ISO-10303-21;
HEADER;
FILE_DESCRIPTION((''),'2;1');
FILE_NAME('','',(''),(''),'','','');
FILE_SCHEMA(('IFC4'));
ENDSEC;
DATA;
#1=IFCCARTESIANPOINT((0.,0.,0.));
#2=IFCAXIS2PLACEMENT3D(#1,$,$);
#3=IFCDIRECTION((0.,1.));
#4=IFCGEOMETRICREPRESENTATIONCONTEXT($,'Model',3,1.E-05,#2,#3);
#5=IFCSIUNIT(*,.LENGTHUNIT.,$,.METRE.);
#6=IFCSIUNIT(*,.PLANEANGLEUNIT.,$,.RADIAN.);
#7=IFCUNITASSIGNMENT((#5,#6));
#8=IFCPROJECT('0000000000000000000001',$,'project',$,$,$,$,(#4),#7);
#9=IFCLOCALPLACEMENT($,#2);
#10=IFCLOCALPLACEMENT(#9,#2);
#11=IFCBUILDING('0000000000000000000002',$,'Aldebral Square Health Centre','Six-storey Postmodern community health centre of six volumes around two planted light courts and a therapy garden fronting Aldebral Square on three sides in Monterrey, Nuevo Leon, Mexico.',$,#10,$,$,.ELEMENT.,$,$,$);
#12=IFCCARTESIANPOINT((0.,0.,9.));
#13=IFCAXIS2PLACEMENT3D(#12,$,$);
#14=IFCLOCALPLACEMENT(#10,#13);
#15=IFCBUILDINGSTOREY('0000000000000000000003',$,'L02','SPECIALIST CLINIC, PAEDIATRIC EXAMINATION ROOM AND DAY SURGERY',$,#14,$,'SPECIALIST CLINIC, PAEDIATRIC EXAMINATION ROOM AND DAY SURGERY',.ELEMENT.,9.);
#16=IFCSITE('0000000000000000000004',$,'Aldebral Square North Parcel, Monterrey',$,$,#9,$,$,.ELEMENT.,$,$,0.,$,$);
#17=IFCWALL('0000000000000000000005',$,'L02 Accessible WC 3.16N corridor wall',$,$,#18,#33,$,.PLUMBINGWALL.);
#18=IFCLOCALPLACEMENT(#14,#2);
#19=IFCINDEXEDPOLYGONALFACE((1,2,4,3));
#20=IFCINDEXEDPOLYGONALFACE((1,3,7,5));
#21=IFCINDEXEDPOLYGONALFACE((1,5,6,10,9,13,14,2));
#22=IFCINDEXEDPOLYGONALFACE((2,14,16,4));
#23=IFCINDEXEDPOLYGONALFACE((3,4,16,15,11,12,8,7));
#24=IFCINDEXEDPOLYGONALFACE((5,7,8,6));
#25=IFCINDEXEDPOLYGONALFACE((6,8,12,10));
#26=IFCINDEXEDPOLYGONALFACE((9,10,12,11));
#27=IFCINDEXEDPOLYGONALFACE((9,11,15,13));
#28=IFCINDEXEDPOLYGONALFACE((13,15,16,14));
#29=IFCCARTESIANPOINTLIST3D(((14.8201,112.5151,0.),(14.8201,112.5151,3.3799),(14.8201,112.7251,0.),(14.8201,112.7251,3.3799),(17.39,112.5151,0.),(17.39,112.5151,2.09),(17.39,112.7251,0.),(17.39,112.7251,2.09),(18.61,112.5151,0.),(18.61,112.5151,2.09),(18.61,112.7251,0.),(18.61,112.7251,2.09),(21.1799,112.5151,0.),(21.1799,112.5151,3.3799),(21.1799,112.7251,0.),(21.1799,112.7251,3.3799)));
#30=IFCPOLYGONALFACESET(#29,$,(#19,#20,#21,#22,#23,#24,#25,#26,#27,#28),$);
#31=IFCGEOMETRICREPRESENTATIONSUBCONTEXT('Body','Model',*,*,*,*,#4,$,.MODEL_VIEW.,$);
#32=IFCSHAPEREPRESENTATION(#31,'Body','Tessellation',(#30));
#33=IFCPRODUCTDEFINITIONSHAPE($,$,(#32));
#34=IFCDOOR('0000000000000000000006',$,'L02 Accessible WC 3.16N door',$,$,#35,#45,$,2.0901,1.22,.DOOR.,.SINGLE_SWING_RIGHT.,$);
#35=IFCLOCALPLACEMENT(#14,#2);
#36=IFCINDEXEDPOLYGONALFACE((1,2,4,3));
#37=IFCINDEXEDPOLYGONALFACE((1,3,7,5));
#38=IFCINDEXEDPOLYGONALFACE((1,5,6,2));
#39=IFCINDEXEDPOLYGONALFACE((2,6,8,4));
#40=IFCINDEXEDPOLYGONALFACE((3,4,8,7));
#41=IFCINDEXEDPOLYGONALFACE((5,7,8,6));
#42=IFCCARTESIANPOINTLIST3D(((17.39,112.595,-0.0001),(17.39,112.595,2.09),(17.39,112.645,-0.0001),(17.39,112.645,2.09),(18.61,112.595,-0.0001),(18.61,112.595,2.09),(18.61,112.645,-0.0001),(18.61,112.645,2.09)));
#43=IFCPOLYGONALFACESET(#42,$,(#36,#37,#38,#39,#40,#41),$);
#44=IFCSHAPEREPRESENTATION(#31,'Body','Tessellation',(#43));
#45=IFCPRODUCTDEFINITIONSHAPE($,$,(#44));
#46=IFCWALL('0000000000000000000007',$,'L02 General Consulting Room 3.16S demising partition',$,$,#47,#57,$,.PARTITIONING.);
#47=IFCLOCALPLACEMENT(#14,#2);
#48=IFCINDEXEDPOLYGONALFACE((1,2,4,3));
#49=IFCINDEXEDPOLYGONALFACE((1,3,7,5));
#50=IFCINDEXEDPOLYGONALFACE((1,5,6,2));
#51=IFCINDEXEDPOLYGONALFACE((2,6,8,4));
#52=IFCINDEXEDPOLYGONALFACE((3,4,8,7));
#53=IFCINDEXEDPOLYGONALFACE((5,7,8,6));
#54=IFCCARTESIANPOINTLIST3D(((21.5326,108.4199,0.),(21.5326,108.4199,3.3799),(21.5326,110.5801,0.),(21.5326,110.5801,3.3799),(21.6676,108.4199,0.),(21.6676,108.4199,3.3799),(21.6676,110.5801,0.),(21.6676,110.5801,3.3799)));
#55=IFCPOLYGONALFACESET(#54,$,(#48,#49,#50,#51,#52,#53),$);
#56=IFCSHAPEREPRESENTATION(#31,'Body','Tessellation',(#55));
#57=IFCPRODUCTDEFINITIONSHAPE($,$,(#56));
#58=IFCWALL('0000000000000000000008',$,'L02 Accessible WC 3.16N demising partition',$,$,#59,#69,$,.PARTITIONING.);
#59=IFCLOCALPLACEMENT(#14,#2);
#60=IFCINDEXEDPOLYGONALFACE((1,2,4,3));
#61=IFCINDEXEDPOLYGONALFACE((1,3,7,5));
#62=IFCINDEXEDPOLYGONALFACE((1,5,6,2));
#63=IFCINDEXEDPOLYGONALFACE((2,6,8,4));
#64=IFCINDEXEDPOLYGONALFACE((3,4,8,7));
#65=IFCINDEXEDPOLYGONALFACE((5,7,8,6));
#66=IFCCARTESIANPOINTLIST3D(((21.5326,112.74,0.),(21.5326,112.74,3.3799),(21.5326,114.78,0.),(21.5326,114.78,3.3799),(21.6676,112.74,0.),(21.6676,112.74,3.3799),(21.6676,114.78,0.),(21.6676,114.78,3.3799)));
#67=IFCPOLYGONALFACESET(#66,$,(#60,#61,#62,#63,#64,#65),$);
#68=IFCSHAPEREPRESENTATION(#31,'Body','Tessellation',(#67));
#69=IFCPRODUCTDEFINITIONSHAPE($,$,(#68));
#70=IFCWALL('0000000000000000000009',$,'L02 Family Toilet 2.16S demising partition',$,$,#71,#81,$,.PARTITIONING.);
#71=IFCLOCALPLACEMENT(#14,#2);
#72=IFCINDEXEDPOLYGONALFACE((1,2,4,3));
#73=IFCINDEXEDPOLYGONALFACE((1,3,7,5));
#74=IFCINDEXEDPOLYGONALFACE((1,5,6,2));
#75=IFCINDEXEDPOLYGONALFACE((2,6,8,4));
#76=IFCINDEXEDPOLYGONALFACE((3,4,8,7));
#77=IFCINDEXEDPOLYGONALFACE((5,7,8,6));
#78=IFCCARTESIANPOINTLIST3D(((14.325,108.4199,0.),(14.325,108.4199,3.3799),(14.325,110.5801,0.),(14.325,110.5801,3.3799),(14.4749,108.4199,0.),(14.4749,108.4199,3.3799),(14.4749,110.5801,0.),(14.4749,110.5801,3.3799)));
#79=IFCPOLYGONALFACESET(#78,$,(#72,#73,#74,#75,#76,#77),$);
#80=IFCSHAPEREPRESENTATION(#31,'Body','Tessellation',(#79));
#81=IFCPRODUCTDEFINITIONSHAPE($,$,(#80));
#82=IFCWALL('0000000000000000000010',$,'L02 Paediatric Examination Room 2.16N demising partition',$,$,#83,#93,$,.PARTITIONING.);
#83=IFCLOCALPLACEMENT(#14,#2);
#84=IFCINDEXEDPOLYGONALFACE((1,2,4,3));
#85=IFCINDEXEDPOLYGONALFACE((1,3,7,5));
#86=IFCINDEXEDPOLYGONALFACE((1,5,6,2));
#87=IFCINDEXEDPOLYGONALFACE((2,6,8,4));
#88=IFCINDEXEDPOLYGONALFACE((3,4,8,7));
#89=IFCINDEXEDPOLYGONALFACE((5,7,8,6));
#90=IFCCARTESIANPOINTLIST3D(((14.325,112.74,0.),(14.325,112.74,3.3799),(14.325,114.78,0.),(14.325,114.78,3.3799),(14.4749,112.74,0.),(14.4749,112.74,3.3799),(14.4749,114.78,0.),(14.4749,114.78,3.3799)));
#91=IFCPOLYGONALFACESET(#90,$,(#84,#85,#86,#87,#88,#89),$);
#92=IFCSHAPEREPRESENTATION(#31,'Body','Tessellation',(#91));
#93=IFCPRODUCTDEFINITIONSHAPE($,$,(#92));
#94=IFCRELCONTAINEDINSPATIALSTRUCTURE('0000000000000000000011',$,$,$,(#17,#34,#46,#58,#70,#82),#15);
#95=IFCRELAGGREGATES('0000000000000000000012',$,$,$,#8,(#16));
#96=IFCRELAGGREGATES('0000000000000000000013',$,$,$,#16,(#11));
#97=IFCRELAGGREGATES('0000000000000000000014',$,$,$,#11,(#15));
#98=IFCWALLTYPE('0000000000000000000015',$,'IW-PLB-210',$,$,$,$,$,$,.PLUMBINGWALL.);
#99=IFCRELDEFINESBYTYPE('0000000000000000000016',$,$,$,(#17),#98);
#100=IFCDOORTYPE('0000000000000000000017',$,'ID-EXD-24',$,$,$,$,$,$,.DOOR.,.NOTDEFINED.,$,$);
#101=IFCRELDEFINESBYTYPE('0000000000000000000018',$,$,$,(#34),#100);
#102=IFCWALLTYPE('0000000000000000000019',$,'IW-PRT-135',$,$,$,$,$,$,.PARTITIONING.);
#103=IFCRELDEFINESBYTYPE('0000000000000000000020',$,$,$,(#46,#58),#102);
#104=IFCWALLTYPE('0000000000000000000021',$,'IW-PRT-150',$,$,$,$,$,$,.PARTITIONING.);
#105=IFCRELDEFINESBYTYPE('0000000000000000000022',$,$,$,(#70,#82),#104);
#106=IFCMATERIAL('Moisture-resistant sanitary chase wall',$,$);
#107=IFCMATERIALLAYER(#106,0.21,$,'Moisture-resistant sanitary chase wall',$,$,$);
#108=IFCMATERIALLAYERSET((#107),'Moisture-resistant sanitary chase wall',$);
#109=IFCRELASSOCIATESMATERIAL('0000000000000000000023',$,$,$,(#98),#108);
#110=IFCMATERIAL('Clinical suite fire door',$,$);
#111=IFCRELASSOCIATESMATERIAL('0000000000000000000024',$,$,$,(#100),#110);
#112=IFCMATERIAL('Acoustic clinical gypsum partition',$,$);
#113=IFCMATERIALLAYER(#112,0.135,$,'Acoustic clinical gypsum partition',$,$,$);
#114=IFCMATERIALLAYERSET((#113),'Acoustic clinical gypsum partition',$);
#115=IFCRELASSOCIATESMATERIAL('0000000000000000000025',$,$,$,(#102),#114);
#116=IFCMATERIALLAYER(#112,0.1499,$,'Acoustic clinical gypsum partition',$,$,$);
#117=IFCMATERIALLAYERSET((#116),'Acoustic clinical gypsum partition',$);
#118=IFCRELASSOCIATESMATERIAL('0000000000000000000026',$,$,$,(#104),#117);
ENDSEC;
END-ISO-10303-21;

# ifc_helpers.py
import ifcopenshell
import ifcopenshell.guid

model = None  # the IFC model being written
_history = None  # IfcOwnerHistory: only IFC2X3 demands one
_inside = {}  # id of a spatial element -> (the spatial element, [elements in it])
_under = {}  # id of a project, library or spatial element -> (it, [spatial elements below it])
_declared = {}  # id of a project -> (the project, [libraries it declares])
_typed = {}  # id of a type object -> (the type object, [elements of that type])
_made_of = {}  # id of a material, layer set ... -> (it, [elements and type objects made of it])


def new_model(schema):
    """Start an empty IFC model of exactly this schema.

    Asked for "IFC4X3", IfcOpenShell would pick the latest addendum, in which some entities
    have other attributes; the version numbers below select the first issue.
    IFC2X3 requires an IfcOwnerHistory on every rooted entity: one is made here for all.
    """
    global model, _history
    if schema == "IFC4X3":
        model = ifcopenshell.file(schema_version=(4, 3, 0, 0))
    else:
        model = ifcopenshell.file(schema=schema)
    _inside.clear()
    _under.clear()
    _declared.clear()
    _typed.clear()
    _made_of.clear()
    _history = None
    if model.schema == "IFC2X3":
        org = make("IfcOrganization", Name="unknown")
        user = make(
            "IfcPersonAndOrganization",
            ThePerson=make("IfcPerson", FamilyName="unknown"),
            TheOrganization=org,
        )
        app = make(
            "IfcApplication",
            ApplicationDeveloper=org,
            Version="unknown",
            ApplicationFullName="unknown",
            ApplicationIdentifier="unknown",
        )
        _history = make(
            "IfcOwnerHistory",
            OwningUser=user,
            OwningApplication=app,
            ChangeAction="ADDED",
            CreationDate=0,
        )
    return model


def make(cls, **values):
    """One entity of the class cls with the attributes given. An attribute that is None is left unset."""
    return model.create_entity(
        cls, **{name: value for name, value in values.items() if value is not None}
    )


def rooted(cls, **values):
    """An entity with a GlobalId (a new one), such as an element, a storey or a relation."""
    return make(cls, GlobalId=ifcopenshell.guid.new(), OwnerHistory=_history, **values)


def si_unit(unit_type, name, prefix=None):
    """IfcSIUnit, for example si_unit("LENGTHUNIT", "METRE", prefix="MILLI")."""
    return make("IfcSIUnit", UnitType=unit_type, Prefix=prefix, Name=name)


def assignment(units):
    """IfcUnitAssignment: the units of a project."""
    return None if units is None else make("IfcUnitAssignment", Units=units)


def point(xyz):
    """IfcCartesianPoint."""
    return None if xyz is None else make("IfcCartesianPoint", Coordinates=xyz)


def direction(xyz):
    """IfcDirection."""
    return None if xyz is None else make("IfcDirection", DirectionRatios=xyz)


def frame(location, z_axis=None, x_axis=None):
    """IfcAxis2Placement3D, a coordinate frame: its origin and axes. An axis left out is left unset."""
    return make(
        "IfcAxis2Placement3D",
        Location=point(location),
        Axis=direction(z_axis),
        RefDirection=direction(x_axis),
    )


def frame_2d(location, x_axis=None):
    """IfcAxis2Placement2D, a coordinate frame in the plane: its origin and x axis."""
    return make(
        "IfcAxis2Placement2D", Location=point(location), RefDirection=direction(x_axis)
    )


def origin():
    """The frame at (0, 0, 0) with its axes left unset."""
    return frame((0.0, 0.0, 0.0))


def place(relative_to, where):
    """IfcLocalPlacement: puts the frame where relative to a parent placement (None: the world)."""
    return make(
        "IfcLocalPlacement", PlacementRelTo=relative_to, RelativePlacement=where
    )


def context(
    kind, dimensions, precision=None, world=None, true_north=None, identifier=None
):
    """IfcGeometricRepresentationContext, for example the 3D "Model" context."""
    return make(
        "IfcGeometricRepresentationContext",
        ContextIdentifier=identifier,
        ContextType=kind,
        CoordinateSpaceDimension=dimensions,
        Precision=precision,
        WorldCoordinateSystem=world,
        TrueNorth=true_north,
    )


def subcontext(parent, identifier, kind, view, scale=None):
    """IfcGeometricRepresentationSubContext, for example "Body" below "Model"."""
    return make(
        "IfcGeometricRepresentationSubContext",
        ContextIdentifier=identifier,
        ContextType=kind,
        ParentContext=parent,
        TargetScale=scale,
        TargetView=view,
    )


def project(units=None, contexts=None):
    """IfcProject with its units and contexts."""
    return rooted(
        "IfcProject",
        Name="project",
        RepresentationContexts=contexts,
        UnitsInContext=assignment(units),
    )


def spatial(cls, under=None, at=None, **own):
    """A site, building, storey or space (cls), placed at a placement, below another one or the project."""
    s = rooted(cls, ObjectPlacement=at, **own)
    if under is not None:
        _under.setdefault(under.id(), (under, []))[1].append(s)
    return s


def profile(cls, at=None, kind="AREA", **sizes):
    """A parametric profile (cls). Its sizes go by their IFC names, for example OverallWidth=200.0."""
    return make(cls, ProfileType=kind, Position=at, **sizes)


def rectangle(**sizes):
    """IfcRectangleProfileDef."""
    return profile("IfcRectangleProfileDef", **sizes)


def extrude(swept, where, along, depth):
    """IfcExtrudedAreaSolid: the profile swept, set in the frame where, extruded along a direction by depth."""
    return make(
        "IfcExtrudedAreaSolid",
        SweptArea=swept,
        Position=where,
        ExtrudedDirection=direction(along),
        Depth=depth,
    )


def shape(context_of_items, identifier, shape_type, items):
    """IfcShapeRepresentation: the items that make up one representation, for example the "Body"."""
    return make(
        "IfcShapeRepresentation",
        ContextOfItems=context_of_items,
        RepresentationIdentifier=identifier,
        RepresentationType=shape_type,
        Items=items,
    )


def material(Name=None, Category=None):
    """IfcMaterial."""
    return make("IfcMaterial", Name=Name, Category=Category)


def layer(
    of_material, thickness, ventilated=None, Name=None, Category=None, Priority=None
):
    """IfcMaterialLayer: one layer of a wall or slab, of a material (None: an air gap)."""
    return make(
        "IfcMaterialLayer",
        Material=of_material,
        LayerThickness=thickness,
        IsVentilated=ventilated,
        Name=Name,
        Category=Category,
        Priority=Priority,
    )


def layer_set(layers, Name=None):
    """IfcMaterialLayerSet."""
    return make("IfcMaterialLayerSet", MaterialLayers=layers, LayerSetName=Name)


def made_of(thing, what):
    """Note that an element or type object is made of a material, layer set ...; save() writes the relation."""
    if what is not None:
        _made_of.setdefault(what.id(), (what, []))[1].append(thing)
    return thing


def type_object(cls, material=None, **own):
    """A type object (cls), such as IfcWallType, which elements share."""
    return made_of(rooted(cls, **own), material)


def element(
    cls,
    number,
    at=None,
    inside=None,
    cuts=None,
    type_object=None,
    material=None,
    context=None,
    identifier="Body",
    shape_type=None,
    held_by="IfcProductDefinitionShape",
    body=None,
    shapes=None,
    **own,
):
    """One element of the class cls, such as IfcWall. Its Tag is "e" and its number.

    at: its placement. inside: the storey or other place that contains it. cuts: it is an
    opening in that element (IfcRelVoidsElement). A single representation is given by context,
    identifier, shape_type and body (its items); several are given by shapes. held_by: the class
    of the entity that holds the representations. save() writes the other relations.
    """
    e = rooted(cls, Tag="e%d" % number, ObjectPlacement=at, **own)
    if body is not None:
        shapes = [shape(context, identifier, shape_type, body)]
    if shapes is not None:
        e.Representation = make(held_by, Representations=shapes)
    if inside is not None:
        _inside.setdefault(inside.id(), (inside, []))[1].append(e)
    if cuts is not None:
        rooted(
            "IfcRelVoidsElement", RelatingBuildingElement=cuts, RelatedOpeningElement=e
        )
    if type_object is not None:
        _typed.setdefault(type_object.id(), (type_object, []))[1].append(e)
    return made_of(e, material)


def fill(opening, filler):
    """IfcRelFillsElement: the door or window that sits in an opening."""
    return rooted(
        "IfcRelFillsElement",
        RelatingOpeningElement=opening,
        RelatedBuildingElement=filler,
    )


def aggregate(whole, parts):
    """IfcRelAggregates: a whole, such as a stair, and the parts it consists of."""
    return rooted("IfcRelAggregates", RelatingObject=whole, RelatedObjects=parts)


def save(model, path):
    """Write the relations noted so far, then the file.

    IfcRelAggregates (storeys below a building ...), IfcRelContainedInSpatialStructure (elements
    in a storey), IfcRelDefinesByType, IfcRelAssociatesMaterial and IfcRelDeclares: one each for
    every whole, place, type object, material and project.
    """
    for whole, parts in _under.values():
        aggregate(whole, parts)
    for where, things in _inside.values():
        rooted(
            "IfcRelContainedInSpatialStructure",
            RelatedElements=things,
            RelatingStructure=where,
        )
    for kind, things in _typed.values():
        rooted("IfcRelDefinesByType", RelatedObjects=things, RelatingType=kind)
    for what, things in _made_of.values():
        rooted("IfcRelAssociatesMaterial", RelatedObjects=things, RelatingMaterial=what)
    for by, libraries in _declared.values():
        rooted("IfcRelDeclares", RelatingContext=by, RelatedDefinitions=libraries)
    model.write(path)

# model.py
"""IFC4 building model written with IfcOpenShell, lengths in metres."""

from ifc_helpers import new_model, si_unit, direction, frame, frame_2d, origin, place, context, subcontext, project, spatial, rectangle, extrude, material, layer, layer_set, type_object, element, fill, save


model = new_model("IFC4")

# Units and contexts
model_context = context("Model", 3, precision=1e-05, world=origin(), true_north=direction((0.0, 1.0)))
body_context = subcontext(model_context, "Body", "Model", "MODEL_VIEW")
ifc_project = project(units=[si_unit("LENGTHUNIT", "METRE"), si_unit("PLANEANGLEUNIT", "RADIAN")], contexts=[model_context])

# Site, building, storey
site_placement = place(None, origin())
site = spatial("IfcSite", under=ifc_project, at=site_placement, Name="Aldebral Square North Parcel, Monterrey", CompositionType="ELEMENT", RefElevation=0.0)
building_placement = place(site_placement, origin())
building = spatial("IfcBuilding", under=site, at=building_placement, Name="Aldebral Square Health Centre", Description="Six-storey Postmodern community health centre of six volumes around two planted light courts and a therapy garden fronting Aldebral Square on three sides in Monterrey, Nuevo Leon, Mexico.", CompositionType="ELEMENT")
storey_placement = place(building_placement, frame((0.0, 0.0, 9.0)))
storey = spatial("IfcBuildingStorey", under=building, at=storey_placement, Name="L02", Description="SPECIALIST CLINIC, PAEDIATRIC EXAMINATION ROOM AND DAY SURGERY", LongName="SPECIALIST CLINIC, PAEDIATRIC EXAMINATION ROOM AND DAY SURGERY", CompositionType="ELEMENT", Elevation=9.0)

# Wall, opening, door
ifc_material_1 = material(Name="Clinical suite fire door")
ifc_material_2 = material(Name="Moisture-resistant sanitary chase wall")
ifc_layer_1 = layer(ifc_material_2, 0.21, Name="Moisture-resistant sanitary chase wall")
ifc_layer_set_1 = layer_set([ifc_layer_1], Name="Moisture-resistant sanitary chase wall")
wall_type_1 = type_object("IfcWallType", Name="IW-PLB-210", PredefinedType="PLUMBINGWALL", material=ifc_layer_set_1)
wall_1_placement = place(storey_placement, frame((14.8201, 112.6201, 0.0), z_axis=(0.0, 0.0, 1.0), x_axis=(1.0, 0.0, 0.0)))
wall_1 = element("IfcWall", 1, at=wall_1_placement, inside=storey, type_object=wall_type_1, Name="L02 Accessible WC 3.16N corridor wall", PredefinedType="PLUMBINGWALL", context=body_context, shape_type="SweptSolid", body=[
    extrude(rectangle(XDim=6.3599, YDim=0.21, at=frame_2d((3.1799, 0.0))), origin(), (0.0, 0.0, 1.0), 3.3799),
])
opening_1_placement = place(wall_1_placement, frame((2.5701, 0.0, 0.0)))
opening_1 = element("IfcOpeningElement", 2, at=opening_1_placement, cuts=wall_1, PredefinedType="OPENING", context=body_context, shape_type="SweptSolid", body=[
    extrude(rectangle(XDim=1.22, YDim=2.0901, at=frame_2d((0.6099, 1.0449))), frame((0.0, 0.115, 0.0), z_axis=(0.0, -1.0, 0.0), x_axis=(1.0, 0.0, 0.0)), (0.0, 0.0, 1.0), 0.23),
])
door_type_1 = type_object("IfcDoorType", Name="ID-EXD-24", OperationType="NOTDEFINED", PredefinedType="DOOR", material=ifc_material_1)
door_1_placement = place(opening_1_placement, origin())
door_1 = element("IfcDoor", 3, at=door_1_placement, inside=storey, type_object=door_type_1, Name="L02 Accessible WC 3.16N door", OperationType="SINGLE_SWING_RIGHT", OverallHeight=2.0901, OverallWidth=1.22, PredefinedType="DOOR", context=body_context, shape_type="SweptSolid", body=[
    extrude(rectangle(XDim=1.22, YDim=2.0901, at=frame_2d((0.6099, 1.0449))), frame((0.0, 0.0249, 0.0), z_axis=(0.0, -1.0, 0.0), x_axis=(1.0, 0.0, 0.0)), (0.0, 0.0, 1.0), 0.05),
])
fill(opening_1, door_1)

# Walls
ifc_material_3 = material(Name="Acoustic clinical gypsum partition")
ifc_layer_2 = layer(ifc_material_3, 0.135, Name="Acoustic clinical gypsum partition")
ifc_layer_set_2 = layer_set([ifc_layer_2], Name="Acoustic clinical gypsum partition")
wall_type_2 = type_object("IfcWallType", Name="IW-PRT-135", PredefinedType="PARTITIONING", material=ifc_layer_set_2)
wall_2_placement = place(storey_placement, frame((21.6001, 108.4199, 0.0), z_axis=(0.0, 0.0, 1.0), x_axis=(0.0, 1.0, 0.0)))
element("IfcWall", 4, at=wall_2_placement, inside=storey, type_object=wall_type_2, Name="L02 General Consulting Room 3.16S demising partition", PredefinedType="PARTITIONING", context=body_context, shape_type="SweptSolid", body=[
    extrude(rectangle(XDim=2.1602, YDim=0.135, at=frame_2d((1.0801, 0.0))), origin(), (0.0, 0.0, 1.0), 3.3799),
])
wall_3_placement = place(storey_placement, frame((21.6001, 112.74, 0.0), z_axis=(0.0, 0.0, 1.0), x_axis=(0.0, 1.0, 0.0)))
element("IfcWall", 5, at=wall_3_placement, inside=storey, type_object=wall_type_2, Name="L02 Accessible WC 3.16N demising partition", PredefinedType="PARTITIONING", context=body_context, shape_type="SweptSolid", body=[
    extrude(rectangle(XDim=2.04, YDim=0.135, at=frame_2d((1.02, 0.0))), origin(), (0.0, 0.0, 1.0), 3.3799),
])
ifc_layer_3 = layer(ifc_material_3, 0.1499, Name="Acoustic clinical gypsum partition")
ifc_layer_set_3 = layer_set([ifc_layer_3], Name="Acoustic clinical gypsum partition")
wall_type_3 = type_object("IfcWallType", Name="IW-PRT-150", PredefinedType="PARTITIONING", material=ifc_layer_set_3)
wall_4_placement = place(storey_placement, frame((14.3999, 108.4199, 0.0), z_axis=(0.0, 0.0, 1.0), x_axis=(0.0, 1.0, 0.0)))
element("IfcWall", 6, at=wall_4_placement, inside=storey, type_object=wall_type_3, Name="L02 Family Toilet 2.16S demising partition", PredefinedType="PARTITIONING", context=body_context, shape_type="SweptSolid", body=[
    extrude(rectangle(XDim=2.1602, YDim=0.1499, at=frame_2d((1.0801, 0.0))), origin(), (0.0, 0.0, 1.0), 3.3799),
])
wall_5_placement = place(storey_placement, frame((14.3999, 112.74, 0.0), z_axis=(0.0, 0.0, 1.0), x_axis=(0.0, 1.0, 0.0)))
element("IfcWall", 7, at=wall_5_placement, inside=storey, type_object=wall_type_3, Name="L02 Paediatric Examination Room 2.16N demising partition", PredefinedType="PARTITIONING", context=body_context, shape_type="SweptSolid", body=[
    extrude(rectangle(XDim=2.04, YDim=0.1499, at=frame_2d((1.02, 0.0))), origin(), (0.0, 0.0, 1.0), 3.3799),
])

save(model, "model.ifc")
